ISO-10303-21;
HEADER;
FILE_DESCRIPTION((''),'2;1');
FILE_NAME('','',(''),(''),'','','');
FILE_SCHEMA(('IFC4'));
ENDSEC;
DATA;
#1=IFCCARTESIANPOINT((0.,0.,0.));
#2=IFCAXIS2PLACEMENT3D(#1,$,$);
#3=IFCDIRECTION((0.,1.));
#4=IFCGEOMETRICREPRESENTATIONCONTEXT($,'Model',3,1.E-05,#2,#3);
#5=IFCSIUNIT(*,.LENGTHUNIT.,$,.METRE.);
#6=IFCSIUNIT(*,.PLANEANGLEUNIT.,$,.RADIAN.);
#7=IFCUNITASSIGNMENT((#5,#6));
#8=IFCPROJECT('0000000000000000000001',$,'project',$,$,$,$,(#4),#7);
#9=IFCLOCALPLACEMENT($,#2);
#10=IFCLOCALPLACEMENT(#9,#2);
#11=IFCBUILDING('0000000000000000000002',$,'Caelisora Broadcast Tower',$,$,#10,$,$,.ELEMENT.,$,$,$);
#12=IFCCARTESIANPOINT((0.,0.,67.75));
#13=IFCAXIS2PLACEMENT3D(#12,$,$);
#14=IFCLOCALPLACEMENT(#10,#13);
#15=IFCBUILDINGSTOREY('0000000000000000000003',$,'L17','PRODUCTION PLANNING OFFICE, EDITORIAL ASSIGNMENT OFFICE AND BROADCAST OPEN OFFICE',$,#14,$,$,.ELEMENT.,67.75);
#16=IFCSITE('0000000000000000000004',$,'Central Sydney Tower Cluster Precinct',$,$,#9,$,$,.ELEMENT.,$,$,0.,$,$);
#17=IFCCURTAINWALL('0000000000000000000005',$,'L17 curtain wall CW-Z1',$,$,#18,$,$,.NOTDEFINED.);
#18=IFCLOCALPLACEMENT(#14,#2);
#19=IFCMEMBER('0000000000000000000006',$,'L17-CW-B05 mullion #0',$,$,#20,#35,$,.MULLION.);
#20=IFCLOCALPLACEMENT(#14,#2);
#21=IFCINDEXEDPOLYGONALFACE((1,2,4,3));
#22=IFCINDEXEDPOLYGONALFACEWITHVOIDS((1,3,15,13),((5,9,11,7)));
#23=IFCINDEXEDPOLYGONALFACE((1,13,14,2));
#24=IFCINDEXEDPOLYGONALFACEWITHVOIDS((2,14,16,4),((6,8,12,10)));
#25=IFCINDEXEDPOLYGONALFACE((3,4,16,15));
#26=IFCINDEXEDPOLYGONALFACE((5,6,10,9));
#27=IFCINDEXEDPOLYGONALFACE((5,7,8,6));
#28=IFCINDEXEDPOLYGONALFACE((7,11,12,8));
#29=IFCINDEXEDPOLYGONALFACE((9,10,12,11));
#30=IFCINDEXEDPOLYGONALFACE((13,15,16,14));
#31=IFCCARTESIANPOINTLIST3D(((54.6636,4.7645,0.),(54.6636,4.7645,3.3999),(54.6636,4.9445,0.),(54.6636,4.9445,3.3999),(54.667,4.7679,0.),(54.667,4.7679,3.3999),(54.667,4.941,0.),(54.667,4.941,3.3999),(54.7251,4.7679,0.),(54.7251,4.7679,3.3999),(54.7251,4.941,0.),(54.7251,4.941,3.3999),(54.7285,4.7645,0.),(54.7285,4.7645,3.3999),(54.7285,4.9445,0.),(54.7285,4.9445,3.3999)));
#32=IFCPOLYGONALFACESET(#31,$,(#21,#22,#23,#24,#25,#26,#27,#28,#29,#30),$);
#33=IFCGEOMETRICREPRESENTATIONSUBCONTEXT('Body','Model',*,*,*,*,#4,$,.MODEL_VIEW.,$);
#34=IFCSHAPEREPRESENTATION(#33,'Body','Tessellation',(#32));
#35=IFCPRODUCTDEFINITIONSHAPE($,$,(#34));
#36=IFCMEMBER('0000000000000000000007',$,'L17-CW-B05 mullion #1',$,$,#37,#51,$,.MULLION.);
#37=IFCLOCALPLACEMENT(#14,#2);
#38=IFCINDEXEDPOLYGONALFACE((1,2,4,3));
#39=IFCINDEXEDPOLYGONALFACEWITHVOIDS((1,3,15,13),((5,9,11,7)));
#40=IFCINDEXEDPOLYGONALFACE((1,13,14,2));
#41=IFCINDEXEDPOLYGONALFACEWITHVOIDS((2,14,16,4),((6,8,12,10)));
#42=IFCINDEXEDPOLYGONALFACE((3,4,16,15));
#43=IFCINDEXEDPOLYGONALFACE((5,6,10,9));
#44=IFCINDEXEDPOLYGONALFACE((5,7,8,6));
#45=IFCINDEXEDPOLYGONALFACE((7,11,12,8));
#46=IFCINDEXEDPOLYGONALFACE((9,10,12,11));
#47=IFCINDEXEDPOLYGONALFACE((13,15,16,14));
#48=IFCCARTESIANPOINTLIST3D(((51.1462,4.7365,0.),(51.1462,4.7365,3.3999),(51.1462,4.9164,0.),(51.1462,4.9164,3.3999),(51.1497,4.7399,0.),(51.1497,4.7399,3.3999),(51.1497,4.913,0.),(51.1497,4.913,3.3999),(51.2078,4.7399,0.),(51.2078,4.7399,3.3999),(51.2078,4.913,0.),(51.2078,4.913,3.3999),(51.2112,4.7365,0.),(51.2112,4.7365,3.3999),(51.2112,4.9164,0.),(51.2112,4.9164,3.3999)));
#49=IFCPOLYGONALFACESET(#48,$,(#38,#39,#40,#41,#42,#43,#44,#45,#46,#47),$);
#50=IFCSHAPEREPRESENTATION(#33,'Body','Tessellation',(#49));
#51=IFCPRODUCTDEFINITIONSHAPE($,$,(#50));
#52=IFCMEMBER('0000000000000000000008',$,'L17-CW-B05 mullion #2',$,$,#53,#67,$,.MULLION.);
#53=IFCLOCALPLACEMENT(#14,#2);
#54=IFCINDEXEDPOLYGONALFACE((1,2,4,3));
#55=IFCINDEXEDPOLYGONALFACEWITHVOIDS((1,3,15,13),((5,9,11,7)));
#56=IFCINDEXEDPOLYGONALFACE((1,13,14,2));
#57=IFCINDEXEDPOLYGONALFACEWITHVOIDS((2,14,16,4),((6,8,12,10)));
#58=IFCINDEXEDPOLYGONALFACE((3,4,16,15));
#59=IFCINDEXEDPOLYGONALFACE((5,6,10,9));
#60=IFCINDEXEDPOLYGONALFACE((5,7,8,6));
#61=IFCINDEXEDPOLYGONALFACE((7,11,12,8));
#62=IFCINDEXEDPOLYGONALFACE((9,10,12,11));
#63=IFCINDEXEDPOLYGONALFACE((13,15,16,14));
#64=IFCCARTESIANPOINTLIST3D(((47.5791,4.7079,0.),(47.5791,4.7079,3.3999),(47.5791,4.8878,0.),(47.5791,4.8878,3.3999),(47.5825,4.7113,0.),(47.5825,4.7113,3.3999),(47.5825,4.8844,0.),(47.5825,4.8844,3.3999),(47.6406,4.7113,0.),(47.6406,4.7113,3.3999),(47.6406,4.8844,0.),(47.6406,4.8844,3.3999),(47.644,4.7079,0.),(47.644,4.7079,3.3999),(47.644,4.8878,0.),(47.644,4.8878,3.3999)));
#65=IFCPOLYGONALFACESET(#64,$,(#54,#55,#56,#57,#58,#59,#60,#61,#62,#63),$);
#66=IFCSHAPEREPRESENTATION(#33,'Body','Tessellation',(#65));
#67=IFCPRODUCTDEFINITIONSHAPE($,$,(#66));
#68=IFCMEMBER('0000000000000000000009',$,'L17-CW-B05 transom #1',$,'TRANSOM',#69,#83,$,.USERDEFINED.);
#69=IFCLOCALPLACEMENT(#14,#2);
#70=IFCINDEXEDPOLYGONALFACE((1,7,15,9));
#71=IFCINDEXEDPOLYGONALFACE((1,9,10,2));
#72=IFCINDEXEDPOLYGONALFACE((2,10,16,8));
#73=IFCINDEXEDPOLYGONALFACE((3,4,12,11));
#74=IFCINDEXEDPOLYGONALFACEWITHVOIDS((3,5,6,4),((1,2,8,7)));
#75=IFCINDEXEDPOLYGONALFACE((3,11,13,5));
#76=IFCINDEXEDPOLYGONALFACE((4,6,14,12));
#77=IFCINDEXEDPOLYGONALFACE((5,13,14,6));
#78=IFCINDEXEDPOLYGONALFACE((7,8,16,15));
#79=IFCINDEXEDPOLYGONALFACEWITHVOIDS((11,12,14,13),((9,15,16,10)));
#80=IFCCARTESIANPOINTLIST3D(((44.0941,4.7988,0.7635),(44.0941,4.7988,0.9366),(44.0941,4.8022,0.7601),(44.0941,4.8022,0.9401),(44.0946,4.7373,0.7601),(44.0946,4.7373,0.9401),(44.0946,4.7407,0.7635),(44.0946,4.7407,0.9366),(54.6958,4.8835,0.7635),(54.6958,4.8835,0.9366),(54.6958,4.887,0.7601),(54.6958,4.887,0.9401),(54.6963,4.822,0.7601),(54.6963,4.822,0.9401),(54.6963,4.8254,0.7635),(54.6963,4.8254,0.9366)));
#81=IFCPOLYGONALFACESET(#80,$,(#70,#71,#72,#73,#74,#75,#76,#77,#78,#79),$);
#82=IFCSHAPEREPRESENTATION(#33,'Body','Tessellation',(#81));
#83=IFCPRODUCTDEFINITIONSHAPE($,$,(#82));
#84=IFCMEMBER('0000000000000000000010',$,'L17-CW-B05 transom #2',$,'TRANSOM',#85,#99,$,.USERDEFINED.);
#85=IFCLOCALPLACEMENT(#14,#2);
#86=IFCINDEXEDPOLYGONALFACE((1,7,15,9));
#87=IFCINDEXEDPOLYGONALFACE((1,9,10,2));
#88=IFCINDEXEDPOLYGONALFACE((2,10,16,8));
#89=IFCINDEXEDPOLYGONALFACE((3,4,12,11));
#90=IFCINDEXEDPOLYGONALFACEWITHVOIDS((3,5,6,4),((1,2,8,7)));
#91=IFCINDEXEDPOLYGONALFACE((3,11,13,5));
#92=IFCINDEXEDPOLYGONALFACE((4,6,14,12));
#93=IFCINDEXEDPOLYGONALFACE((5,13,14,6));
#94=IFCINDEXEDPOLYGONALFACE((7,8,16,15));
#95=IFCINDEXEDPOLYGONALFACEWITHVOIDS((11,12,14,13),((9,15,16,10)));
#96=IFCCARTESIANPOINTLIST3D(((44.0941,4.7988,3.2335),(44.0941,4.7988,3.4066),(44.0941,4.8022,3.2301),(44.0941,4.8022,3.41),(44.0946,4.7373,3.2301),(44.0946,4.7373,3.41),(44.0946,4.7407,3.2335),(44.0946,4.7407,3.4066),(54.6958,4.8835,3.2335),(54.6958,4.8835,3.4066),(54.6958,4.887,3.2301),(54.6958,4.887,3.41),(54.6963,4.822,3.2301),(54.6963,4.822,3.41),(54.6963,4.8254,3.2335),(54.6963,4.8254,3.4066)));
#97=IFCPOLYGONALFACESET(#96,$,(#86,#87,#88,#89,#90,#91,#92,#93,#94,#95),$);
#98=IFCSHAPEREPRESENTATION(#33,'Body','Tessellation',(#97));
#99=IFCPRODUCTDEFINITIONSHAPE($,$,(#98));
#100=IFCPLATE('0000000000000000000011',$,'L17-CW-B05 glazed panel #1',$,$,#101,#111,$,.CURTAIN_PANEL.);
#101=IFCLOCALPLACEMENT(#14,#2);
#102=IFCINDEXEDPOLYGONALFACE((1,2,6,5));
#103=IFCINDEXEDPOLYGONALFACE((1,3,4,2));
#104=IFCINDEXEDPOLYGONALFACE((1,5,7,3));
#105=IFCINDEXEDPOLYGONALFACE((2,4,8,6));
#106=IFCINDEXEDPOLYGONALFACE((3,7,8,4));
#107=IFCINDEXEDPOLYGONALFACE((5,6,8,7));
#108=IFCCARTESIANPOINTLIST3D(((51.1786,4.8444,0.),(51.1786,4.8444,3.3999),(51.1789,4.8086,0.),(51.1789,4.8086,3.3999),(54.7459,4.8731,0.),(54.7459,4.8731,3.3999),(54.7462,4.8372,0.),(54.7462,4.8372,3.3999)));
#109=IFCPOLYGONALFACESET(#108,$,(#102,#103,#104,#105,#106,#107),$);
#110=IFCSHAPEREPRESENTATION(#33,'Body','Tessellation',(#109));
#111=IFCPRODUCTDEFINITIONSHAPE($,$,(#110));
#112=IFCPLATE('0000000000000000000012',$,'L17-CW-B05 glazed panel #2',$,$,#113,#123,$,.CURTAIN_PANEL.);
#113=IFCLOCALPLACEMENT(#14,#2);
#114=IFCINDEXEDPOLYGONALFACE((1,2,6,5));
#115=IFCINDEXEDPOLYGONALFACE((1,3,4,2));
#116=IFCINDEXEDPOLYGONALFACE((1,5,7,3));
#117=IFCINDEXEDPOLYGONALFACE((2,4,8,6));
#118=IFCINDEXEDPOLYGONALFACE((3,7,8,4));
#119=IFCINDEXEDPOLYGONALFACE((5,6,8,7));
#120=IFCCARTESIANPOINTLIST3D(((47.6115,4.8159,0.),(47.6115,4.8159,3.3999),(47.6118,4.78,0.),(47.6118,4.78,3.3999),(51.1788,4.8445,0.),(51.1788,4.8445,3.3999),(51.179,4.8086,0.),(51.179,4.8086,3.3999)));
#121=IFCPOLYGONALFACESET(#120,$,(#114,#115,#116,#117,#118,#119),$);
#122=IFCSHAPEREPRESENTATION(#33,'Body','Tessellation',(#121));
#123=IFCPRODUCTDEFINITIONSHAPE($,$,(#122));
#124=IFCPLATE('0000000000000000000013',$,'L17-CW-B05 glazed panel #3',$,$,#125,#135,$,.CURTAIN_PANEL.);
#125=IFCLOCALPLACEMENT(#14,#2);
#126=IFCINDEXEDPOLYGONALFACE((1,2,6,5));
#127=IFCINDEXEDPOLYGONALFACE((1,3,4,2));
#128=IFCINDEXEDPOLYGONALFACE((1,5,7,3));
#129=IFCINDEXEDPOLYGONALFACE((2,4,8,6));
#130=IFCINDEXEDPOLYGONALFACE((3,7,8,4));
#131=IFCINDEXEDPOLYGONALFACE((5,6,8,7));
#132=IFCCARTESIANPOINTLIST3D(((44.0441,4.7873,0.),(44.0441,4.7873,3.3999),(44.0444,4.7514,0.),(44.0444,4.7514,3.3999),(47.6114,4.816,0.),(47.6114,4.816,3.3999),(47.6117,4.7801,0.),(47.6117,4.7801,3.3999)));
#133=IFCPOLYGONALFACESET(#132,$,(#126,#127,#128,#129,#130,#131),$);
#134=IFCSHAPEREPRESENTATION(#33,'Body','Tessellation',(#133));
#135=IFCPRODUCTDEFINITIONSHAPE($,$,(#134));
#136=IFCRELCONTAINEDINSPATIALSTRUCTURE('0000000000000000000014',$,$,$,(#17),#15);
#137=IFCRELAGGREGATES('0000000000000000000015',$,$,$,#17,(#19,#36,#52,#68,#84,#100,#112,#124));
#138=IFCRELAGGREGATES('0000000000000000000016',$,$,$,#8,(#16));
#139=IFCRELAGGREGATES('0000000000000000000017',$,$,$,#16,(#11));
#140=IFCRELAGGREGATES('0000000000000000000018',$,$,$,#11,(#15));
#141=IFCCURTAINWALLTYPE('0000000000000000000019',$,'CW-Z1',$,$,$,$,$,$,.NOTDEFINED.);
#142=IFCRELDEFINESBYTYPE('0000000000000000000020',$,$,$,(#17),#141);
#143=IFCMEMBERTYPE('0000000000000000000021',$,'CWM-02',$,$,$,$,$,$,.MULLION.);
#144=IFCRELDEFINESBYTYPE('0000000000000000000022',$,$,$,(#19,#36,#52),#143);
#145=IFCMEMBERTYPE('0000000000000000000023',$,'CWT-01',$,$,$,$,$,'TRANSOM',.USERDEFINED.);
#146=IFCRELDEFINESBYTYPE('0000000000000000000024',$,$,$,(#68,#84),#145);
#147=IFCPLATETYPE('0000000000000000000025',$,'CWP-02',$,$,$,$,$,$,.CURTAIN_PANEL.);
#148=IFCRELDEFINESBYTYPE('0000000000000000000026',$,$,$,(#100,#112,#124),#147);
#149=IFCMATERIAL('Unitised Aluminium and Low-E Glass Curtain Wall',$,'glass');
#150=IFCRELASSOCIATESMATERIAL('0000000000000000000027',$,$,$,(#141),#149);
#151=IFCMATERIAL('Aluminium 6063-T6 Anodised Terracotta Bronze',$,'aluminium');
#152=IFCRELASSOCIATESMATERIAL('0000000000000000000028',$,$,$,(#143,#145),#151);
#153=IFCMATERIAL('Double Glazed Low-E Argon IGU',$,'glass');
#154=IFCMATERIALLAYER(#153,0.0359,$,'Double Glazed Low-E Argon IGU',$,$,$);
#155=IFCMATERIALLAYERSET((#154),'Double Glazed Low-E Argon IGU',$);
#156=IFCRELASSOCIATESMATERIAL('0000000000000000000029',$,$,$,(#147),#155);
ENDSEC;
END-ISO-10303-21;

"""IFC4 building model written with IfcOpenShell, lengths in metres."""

from ifc_helpers import new_model, si_unit, direction, frame, origin, origin_2d, place, context, subcontext, project, spatial, rectangle, hollow_rectangle, extrude, source, transform, mapped, material, layer, layer_set, material_profile, profile_set, type_object, type_shapes, element, aggregate, save


model = new_model("IFC4")

# Units and contexts
model_context = context("Model", 3, precision=1e-05, world=origin(), true_north=direction((0.0, 1.0)))
body_context = subcontext(model_context, "Body", "Model", "MODEL_VIEW")
ifc_project = project(units=[si_unit("LENGTHUNIT", "METRE"), si_unit("PLANEANGLEUNIT", "RADIAN")], contexts=[model_context])

# Site, building, storey
site_placement = place(None, origin())
site = spatial("IfcSite", under=ifc_project, at=site_placement, Name="Central Sydney Tower Cluster Precinct", CompositionType="ELEMENT", RefElevation=0.0)
building_placement = place(site_placement, origin())
building = spatial("IfcBuilding", under=site, at=building_placement, Name="Caelisora Broadcast Tower", CompositionType="ELEMENT")
storey_placement = place(building_placement, frame((0.0, 0.0, 67.75)))
storey = spatial("IfcBuildingStorey", under=building, at=storey_placement, Name="L17", Description="PRODUCTION PLANNING OFFICE, EDITORIAL ASSIGNMENT OFFICE AND BROADCAST OPEN OFFICE", CompositionType="ELEMENT", Elevation=67.75)

# Curtain wall, members, plates
ifc_material_1 = material(Name="Unitised Aluminium and Low-E Glass Curtain Wall", Category="glass")
curtain_wall_type = type_object("IfcCurtainWallType", Name="CW-Z1", PredefinedType="NOTDEFINED", material=ifc_material_1)
curtain_wall_placement = place(storey_placement, origin())
curtain_wall = element("IfcCurtainWall", 1, at=curtain_wall_placement, inside=storey, type_object=curtain_wall_type, Name="L17 curtain wall CW-Z1", PredefinedType="NOTDEFINED")
ifc_material_2 = material(Name="Aluminium 6063-T6 Anodised Terracotta Bronze", Category="aluminium")
ifc_material_profile_1 = material_profile(ifc_material_2, hollow_rectangle(XDim=0.0649, YDim=0.1799, WallThickness=0.0034, at=origin_2d()), Name="Aluminium 6063-T6 Anodised Terracotta Bronze")
ifc_profile_set_1 = profile_set([ifc_material_profile_1], Name="Aluminium 6063-T6 Anodised Terracotta Bronze")
member_type_1 = type_object("IfcMemberType", Name="CWM-02", PredefinedType="MULLION", material=ifc_profile_set_1)
shared_shape_1 = source(origin(), body_context, "Body", "SweptSolid", [
    extrude(hollow_rectangle(XDim=0.0649, YDim=0.1799, WallThickness=0.0034, at=origin_2d()), origin(), (0.0, 0.0, 1.0), 3.3999),
])
type_shapes(member_type_1, [shared_shape_1])
member_1_placement = place(storey_placement, frame((54.696, 4.8545, 0.0), z_axis=(0.0, 0.0, 1.0), x_axis=(1.0, 0.0, 0.0)))
member_1 = element("IfcMember", 2, at=member_1_placement, type_object=member_type_1, Name="L17-CW-B05 mullion #0", PredefinedType="MULLION", context=body_context, shape_type="MappedRepresentation", body=[
    mapped(shared_shape_1, transform((0.0, 0.0, 0.0), scale=1.0)),
])
member_2_placement = place(storey_placement, frame((51.1787, 4.8264, 0.0), z_axis=(0.0, 0.0, 1.0), x_axis=(1.0, 0.0, 0.0)))
member_2 = element("IfcMember", 3, at=member_2_placement, type_object=member_type_1, Name="L17-CW-B05 mullion #1", PredefinedType="MULLION", context=body_context, shape_type="MappedRepresentation", body=[
    mapped(shared_shape_1, transform((0.0, 0.0, 0.0), scale=1.0)),
])
member_3_placement = place(storey_placement, frame((47.6116, 4.7979, 0.0), z_axis=(0.0, 0.0, 1.0), x_axis=(1.0, 0.0, 0.0)))
member_3 = element("IfcMember", 4, at=member_3_placement, type_object=member_type_1, Name="L17-CW-B05 mullion #2", PredefinedType="MULLION", context=body_context, shape_type="MappedRepresentation", body=[
    mapped(shared_shape_1, transform((0.0, 0.0, 0.0), scale=1.0)),
])
ifc_material_profile_2 = material_profile(ifc_material_2, hollow_rectangle(XDim=0.0649, YDim=0.1799, WallThickness=0.0034, at=origin_2d()), Name="Aluminium 6063-T6 Anodised Terracotta Bronze")
ifc_profile_set_2 = profile_set([ifc_material_profile_2], Name="Aluminium 6063-T6 Anodised Terracotta Bronze")
member_type_2 = type_object("IfcMemberType", Name="CWT-01", ElementType="TRANSOM", PredefinedType="USERDEFINED", material=ifc_profile_set_2)
shared_shape_2 = source(origin(), body_context, "Body", "SweptSolid", [
    extrude(hollow_rectangle(XDim=0.0649, YDim=0.1799, WallThickness=0.0034, at=origin_2d()), origin(), (0.0, 0.0, 1.0), 10.6021),
])
type_shapes(member_type_2, [shared_shape_2])
member_4_placement = place(storey_placement, frame((54.696, 4.8545, 0.8501), z_axis=(-0.999968, -0.007991, 0.0), x_axis=(0.007991, -0.999968, 0.0)))
member_4 = element("IfcMember", 5, at=member_4_placement, type_object=member_type_2, Name="L17-CW-B05 transom #1", ObjectType="TRANSOM", PredefinedType="USERDEFINED", context=body_context, shape_type="MappedRepresentation", body=[
    mapped(shared_shape_2, transform((0.0, 0.0, 0.0), scale=1.0)),
])
member_5_placement = place(storey_placement, frame((54.696, 4.8545, 3.3201), z_axis=(-0.999968, -0.007991, 0.0), x_axis=(0.007991, -0.999968, 0.0)))
member_5 = element("IfcMember", 6, at=member_5_placement, type_object=member_type_2, Name="L17-CW-B05 transom #2", ObjectType="TRANSOM", PredefinedType="USERDEFINED", context=body_context, shape_type="MappedRepresentation", body=[
    mapped(shared_shape_2, transform((0.0, 0.0, 0.0), scale=1.0)),
])
ifc_material_3 = material(Name="Double Glazed Low-E Argon IGU", Category="glass")
ifc_layer_1 = layer(ifc_material_3, 0.0359, Name="Double Glazed Low-E Argon IGU")
ifc_layer_set_1 = layer_set([ifc_layer_1], Name="Double Glazed Low-E Argon IGU")
plate_type = type_object("IfcPlateType", Name="CWP-02", PredefinedType="CURTAIN_PANEL", material=ifc_layer_set_1)
shared_shape_3 = source(origin(), body_context, "Body", "SweptSolid", [
    extrude(rectangle(XDim=3.5674, YDim=0.0359, at=origin_2d()), origin(), (0.0, 0.0, 1.0), 3.3999),
])
type_shapes(plate_type, [shared_shape_3])
plate_1_placement = place(storey_placement, frame((52.9624, 4.8408, 0.0), z_axis=(0.0, 0.0, 1.0), x_axis=(-0.999968, -0.008028, 0.0)))
plate_1 = element("IfcPlate", 7, at=plate_1_placement, type_object=plate_type, Name="L17-CW-B05 glazed panel #1", PredefinedType="CURTAIN_PANEL", context=body_context, shape_type="MappedRepresentation", body=[
    mapped(shared_shape_3, transform((0.0, 0.0, 0.0), scale=1.0)),
])
plate_2_placement = place(storey_placement, frame((49.3953, 4.8123, 0.0), z_axis=(0.0, 0.0, 1.0), x_axis=(-0.999968, -0.008028, 0.0)))
plate_2 = element("IfcPlate", 8, at=plate_2_placement, type_object=plate_type, Name="L17-CW-B05 glazed panel #2", PredefinedType="CURTAIN_PANEL", context=body_context, shape_type="MappedRepresentation", body=[
    mapped(shared_shape_3, transform((0.0, 0.0, 0.0), scale=1.0)),
])
plate_3_placement = place(storey_placement, frame((45.8279, 4.7837, 0.0), z_axis=(0.0, 0.0, 1.0), x_axis=(-0.999968, -0.008028, 0.0)))
plate_3 = element("IfcPlate", 9, at=plate_3_placement, type_object=plate_type, Name="L17-CW-B05 glazed panel #3", PredefinedType="CURTAIN_PANEL", context=body_context, shape_type="MappedRepresentation", body=[
    mapped(shared_shape_3, transform((0.0, 0.0, 0.0), scale=1.0)),
])
aggregate(curtain_wall, [member_1, member_2, member_3, member_4, member_5, plate_1, plate_2, plate_3])

save(model, "model.ifc")
